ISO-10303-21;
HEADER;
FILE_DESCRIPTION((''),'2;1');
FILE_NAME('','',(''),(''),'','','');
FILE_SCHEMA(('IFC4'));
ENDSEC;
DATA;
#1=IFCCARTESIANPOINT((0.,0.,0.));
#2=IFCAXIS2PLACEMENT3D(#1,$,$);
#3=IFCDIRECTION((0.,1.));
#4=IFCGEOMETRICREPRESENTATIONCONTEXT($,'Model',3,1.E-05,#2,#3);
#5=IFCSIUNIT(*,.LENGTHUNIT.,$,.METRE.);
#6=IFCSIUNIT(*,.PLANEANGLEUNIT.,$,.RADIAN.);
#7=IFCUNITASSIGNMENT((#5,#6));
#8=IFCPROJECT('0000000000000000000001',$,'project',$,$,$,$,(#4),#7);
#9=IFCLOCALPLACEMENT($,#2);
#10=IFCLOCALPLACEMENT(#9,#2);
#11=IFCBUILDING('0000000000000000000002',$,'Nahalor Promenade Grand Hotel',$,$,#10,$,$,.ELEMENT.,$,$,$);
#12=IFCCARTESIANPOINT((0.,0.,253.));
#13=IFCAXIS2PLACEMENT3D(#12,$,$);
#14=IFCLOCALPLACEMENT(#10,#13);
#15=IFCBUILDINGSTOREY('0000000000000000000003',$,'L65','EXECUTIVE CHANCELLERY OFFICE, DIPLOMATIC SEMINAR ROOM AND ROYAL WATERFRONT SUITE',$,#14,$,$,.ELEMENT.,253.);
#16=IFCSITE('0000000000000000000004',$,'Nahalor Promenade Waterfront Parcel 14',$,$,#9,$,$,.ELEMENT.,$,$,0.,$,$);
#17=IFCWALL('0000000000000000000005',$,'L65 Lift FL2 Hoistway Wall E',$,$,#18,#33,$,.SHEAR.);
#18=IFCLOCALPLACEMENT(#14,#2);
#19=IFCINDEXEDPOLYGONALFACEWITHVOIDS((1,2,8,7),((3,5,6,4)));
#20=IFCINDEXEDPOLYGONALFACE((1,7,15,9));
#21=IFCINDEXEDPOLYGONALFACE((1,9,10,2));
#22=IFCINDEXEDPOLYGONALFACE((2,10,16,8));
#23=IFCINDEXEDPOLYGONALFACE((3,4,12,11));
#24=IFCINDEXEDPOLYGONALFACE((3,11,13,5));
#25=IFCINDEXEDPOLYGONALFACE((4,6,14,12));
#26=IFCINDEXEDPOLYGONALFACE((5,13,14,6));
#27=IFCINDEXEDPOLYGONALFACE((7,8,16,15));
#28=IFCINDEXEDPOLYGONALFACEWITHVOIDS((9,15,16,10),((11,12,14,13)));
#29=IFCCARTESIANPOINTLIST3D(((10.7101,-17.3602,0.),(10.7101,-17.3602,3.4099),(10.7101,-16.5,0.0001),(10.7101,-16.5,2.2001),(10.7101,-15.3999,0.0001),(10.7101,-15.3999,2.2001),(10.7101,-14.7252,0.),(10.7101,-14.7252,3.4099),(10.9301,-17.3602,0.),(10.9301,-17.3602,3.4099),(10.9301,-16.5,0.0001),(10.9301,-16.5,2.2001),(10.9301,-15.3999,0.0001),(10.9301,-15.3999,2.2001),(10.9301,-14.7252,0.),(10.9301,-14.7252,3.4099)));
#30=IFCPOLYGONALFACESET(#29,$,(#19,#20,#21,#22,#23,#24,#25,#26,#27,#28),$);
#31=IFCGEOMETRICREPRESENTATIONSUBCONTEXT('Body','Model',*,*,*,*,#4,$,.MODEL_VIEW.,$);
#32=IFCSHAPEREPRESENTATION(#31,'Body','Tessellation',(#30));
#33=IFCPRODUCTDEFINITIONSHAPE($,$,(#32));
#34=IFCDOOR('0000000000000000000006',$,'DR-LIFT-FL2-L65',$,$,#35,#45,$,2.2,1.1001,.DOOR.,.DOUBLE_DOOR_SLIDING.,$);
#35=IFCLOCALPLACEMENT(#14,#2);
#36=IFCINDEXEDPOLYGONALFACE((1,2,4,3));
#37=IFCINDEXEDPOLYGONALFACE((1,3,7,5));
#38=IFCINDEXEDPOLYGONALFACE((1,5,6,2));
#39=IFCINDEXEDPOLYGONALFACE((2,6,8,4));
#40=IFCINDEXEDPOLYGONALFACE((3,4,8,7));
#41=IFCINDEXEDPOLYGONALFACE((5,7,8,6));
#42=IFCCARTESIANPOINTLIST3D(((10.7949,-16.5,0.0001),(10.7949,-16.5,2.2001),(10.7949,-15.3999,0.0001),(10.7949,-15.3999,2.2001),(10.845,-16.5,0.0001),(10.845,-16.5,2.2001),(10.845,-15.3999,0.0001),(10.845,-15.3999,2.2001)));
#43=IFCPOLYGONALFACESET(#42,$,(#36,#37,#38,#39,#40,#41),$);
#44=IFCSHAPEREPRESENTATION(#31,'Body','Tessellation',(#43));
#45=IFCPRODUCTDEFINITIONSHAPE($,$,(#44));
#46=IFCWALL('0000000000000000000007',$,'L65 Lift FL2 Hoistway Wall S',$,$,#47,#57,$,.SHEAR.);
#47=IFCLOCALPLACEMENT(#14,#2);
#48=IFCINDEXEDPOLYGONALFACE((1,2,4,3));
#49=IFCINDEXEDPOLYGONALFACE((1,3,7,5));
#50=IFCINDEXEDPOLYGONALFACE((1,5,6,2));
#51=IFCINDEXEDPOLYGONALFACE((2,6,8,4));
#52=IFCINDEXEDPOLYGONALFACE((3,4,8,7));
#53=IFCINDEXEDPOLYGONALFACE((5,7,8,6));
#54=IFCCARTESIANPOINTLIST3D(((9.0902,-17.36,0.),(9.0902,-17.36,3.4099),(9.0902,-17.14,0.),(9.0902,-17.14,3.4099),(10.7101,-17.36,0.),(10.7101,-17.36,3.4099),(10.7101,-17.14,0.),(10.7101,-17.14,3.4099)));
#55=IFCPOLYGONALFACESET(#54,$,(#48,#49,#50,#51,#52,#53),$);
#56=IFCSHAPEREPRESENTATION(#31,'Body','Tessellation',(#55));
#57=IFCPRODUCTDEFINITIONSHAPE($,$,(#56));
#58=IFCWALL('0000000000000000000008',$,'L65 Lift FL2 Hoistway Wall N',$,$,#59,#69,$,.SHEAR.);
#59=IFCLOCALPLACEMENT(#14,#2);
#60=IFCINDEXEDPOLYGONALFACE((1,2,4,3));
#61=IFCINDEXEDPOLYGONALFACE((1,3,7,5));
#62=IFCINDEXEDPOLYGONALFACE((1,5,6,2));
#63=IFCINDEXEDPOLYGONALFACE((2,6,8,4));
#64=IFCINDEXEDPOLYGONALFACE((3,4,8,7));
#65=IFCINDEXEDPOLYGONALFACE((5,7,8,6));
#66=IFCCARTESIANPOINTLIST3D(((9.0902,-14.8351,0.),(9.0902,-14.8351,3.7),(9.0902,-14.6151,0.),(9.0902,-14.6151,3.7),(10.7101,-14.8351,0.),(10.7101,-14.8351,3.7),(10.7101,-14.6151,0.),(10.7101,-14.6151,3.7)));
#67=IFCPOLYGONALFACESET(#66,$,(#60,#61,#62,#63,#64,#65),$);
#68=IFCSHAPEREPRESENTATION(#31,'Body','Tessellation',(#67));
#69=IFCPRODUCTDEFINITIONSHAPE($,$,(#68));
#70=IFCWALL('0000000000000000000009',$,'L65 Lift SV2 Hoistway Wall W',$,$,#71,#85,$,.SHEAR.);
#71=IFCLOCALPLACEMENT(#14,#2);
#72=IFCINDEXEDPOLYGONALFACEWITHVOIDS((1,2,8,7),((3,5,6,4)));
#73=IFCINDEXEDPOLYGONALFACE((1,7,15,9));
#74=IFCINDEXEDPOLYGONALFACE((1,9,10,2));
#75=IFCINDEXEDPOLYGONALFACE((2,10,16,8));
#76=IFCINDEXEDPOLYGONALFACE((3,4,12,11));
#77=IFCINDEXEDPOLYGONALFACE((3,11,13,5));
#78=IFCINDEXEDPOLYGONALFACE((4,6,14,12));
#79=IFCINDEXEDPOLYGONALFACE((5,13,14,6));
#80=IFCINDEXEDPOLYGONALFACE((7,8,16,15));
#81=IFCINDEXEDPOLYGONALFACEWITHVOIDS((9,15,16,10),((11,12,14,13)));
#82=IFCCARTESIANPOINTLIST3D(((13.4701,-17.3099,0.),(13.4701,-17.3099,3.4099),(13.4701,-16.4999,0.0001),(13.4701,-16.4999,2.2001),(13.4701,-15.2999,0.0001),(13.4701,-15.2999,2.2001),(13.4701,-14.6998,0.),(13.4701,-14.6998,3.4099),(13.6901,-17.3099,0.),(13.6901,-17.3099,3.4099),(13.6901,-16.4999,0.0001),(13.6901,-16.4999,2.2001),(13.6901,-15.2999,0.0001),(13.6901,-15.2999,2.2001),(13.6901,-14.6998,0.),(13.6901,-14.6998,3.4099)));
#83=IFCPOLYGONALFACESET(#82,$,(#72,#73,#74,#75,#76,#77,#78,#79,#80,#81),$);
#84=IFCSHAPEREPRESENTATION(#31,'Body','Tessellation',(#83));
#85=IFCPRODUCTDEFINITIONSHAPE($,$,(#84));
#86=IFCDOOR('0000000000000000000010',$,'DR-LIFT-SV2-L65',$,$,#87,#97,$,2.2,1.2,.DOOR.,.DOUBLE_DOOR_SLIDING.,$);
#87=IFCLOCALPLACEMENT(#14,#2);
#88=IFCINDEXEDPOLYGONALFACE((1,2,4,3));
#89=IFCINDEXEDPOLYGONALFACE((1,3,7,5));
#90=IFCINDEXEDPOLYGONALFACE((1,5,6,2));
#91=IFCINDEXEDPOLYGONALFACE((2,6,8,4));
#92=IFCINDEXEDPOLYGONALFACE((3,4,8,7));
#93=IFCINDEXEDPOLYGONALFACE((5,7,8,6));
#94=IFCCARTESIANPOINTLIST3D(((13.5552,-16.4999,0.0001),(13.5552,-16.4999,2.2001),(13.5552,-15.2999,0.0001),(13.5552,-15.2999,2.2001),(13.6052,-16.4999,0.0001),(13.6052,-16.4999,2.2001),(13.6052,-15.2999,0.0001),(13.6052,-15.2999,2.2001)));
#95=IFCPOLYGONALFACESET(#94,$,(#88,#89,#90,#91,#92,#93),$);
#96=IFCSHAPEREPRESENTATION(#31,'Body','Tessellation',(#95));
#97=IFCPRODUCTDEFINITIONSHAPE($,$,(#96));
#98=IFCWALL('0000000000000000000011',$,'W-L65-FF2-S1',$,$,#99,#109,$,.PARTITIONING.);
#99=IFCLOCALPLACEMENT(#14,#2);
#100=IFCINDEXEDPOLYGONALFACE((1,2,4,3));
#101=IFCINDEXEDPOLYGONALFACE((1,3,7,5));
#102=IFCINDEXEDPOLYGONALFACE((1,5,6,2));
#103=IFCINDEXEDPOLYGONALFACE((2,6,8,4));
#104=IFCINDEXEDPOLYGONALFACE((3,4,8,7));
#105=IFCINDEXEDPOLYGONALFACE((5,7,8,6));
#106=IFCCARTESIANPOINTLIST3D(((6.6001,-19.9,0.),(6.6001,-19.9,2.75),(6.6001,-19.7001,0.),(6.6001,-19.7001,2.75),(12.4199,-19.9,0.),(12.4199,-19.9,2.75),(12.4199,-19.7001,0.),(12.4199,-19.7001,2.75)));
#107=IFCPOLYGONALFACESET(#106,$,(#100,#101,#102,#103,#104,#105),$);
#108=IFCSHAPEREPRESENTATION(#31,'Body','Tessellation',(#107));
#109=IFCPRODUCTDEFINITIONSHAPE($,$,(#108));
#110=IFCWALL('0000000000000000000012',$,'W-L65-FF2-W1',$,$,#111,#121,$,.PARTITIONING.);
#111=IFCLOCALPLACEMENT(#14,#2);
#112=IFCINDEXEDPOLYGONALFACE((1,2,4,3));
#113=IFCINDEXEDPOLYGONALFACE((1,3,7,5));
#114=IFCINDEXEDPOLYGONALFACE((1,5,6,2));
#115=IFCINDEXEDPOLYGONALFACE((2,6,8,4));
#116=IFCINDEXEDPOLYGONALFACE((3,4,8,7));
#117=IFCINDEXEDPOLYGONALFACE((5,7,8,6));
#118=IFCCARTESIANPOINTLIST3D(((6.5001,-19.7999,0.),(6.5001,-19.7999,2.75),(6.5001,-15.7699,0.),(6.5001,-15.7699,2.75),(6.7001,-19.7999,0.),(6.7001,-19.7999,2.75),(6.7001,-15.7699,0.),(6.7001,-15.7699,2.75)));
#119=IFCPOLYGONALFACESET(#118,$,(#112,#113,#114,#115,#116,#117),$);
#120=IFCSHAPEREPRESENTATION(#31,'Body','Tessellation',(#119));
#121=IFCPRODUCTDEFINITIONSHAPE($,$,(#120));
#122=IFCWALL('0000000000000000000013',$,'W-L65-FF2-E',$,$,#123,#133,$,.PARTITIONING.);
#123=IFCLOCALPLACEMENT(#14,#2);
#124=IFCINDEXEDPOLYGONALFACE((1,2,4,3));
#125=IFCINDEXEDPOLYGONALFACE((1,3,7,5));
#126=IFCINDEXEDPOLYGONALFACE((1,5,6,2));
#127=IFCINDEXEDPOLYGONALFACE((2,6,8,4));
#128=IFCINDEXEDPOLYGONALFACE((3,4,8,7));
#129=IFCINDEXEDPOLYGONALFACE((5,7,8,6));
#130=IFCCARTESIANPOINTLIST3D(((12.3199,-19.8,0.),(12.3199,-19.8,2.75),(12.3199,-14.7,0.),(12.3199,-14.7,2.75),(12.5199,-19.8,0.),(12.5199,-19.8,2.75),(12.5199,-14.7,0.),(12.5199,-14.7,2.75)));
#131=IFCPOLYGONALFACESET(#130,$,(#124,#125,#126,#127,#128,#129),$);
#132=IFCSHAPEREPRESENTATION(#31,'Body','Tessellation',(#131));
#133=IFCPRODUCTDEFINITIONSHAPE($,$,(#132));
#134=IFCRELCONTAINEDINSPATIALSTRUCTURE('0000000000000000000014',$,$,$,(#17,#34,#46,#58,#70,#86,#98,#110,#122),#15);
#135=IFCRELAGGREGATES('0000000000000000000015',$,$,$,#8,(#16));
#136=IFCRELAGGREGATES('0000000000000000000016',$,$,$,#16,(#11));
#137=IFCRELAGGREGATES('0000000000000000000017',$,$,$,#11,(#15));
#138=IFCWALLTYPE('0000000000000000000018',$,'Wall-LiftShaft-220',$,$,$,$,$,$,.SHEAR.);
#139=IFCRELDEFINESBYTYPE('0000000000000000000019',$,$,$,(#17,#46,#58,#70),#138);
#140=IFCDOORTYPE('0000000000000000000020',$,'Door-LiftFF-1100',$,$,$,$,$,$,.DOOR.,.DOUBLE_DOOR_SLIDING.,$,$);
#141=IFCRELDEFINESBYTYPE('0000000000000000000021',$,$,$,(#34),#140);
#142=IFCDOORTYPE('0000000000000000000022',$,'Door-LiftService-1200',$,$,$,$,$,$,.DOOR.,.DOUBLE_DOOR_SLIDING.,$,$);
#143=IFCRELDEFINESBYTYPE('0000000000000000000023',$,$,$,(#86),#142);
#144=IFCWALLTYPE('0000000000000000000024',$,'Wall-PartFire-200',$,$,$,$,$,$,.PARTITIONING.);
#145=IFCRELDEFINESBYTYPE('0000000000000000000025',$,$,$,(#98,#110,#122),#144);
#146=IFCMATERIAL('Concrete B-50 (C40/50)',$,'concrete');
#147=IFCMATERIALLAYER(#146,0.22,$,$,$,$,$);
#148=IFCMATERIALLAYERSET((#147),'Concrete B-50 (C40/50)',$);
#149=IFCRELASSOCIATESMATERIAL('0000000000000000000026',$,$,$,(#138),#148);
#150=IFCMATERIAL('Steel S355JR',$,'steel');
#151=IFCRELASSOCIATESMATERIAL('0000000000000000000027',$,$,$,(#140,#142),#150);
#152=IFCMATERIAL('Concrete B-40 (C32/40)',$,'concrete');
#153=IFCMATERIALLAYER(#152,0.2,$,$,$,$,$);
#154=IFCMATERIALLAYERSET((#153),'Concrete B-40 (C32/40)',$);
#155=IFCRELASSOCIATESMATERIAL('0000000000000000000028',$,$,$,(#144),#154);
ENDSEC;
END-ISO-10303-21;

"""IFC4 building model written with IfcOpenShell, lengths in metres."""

from ifc_helpers import new_model, si_unit, direction, frame, frame_2d, origin, place, context, subcontext, project, spatial, rectangle, extrude, source, transform, mapped, material, layer, layer_set, type_object, element, fill, save


model = new_model("IFC4")

# Units and contexts
model_context = context("Model", 3, precision=1e-05, world=origin(), true_north=direction((0.0, 1.0)))
body_context = subcontext(model_context, "Body", "Model", "MODEL_VIEW")
ifc_project = project(units=[si_unit("LENGTHUNIT", "METRE"), si_unit("PLANEANGLEUNIT", "RADIAN")], contexts=[model_context])

# Site, building, storey
site_placement = place(None, origin())
site = spatial("IfcSite", under=ifc_project, at=site_placement, Name="Nahalor Promenade Waterfront Parcel 14", CompositionType="ELEMENT", RefElevation=0.0)
building_placement = place(site_placement, origin())
building = spatial("IfcBuilding", under=site, at=building_placement, Name="Nahalor Promenade Grand Hotel", CompositionType="ELEMENT")
storey_placement = place(building_placement, frame((0.0, 0.0, 253.0)))
storey = spatial("IfcBuildingStorey", under=building, at=storey_placement, Name="L65", Description="EXECUTIVE CHANCELLERY OFFICE, DIPLOMATIC SEMINAR ROOM AND ROYAL WATERFRONT SUITE", CompositionType="ELEMENT", Elevation=253.0)

# Shared definitions
ifc_material_1 = material(Name="Steel S355JR", Category="steel")

# Shared definitions
ifc_material_2 = material(Name="Concrete B-50 (C40/50)", Category="concrete")
ifc_layer_1 = layer(ifc_material_2, 0.22)
ifc_layer_set_1 = layer_set([ifc_layer_1], Name="Concrete B-50 (C40/50)")
wall_type_1 = type_object("IfcWallType", Name="Wall-LiftShaft-220", PredefinedType="SHEAR", material=ifc_layer_set_1)

# Shared definitions
shared_shape_1 = source(origin(), body_context, "Body", "SweptSolid", [
    extrude(rectangle(XDim=2.635, YDim=0.22, at=frame_2d((1.3174, 0.0))), origin(), (0.0, 0.0, 1.0), 3.4099),
])

# Wall, opening, door
wall_1_placement = place(storey_placement, frame((10.8201, -17.3601, 0.0), z_axis=(0.0, 0.0, 1.0), x_axis=(0.0, 1.0, 0.0)))
wall_1 = element("IfcWall", 1, at=wall_1_placement, inside=storey, type_object=wall_type_1, Name="L65 Lift FL2 Hoistway Wall E", PredefinedType="SHEAR", context=body_context, shape_type="MappedRepresentation", body=[
    mapped(shared_shape_1, transform((0.0, 0.0, 0.0), scale=1.0)),
])
opening_1_placement = place(wall_1_placement, frame((0.8601, 0.0, 0.0)))
opening_1 = element("IfcOpeningElement", 2, at=opening_1_placement, cuts=wall_1, PredefinedType="OPENING", context=body_context, shape_type="SweptSolid", body=[
    extrude(rectangle(XDim=1.1001, YDim=2.2, at=frame_2d((0.55, 1.1001))), frame((0.0, 0.1199, 0.0), z_axis=(0.0, -1.0, 0.0), x_axis=(1.0, 0.0, 0.0)), (0.0, 0.0, 1.0), 0.24),
])
door_type_1 = type_object("IfcDoorType", Name="Door-LiftFF-1100", OperationType="DOUBLE_DOOR_SLIDING", PredefinedType="DOOR", material=ifc_material_1)
shared_shape_2 = source(origin(), body_context, "Body", "SweptSolid", [
    extrude(rectangle(XDim=1.1001, YDim=2.2, at=frame_2d((0.55, 1.1001))), frame((0.0, 0.0249, 0.0), z_axis=(0.0, -1.0, 0.0), x_axis=(1.0, 0.0, 0.0)), (0.0, 0.0, 1.0), 0.05),
])
door_1_placement = place(opening_1_placement, frame((1.1001, 0.0, 0.0), z_axis=(0.0, 0.0, 1.0), x_axis=(-1.0, 0.0, 0.0)))
door_1 = element("IfcDoor", 3, at=door_1_placement, inside=storey, type_object=door_type_1, Name="DR-LIFT-FL2-L65", OperationType="DOUBLE_DOOR_SLIDING", OverallHeight=2.2, OverallWidth=1.1001, PredefinedType="DOOR", context=body_context, shape_type="MappedRepresentation", body=[
    mapped(shared_shape_2, transform((0.0, 0.0, 0.0), scale=1.0)),
])
fill(opening_1, door_1)

# Walls
shared_shape_3 = source(origin(), body_context, "Body", "SweptSolid", [
    extrude(rectangle(XDim=1.6199, YDim=0.22, at=frame_2d((0.8101, 0.0))), origin(), (0.0, 0.0, 1.0), 3.4099),
])
wall_2_placement = place(storey_placement, frame((9.0901, -17.25, 0.0), z_axis=(0.0, 0.0, 1.0), x_axis=(1.0, 0.0, 0.0)))
element("IfcWall", 4, at=wall_2_placement, inside=storey, type_object=wall_type_1, Name="L65 Lift FL2 Hoistway Wall S", PredefinedType="SHEAR", context=body_context, shape_type="MappedRepresentation", body=[
    mapped(shared_shape_3, transform((0.0, 0.0, 0.0), scale=1.0)),
])
shared_shape_4 = source(origin(), body_context, "Body", "SweptSolid", [
    extrude(rectangle(XDim=1.6199, YDim=0.22, at=frame_2d((0.8101, 0.0))), origin(), (0.0, 0.0, 1.0), 3.7),
])
wall_3_placement = place(storey_placement, frame((9.0901, -14.7251, 0.0), z_axis=(0.0, 0.0, 1.0), x_axis=(1.0, 0.0, 0.0)))
element("IfcWall", 5, at=wall_3_placement, inside=storey, type_object=wall_type_1, Name="L65 Lift FL2 Hoistway Wall N", PredefinedType="SHEAR", context=body_context, shape_type="MappedRepresentation", body=[
    mapped(shared_shape_4, transform((0.0, 0.0, 0.0), scale=1.0)),
])

# Wall, opening, door
shared_shape_5 = source(origin(), body_context, "Body", "SweptSolid", [
    extrude(rectangle(XDim=2.6101, YDim=0.22, at=frame_2d((1.3052, 0.0))), origin(), (0.0, 0.0, 1.0), 3.4099),
])
wall_4_placement = place(storey_placement, frame((13.5801, -17.3101, 0.0), z_axis=(0.0, 0.0, 1.0), x_axis=(0.0, 1.0, 0.0)))
wall_4 = element("IfcWall", 6, at=wall_4_placement, inside=storey, type_object=wall_type_1, Name="L65 Lift SV2 Hoistway Wall W", PredefinedType="SHEAR", context=body_context, shape_type="MappedRepresentation", body=[
    mapped(shared_shape_5, transform((0.0, 0.0, 0.0), scale=1.0)),
])
opening_2_placement = place(wall_4_placement, frame((0.8101, 0.0, 0.0)))
opening_2 = element("IfcOpeningElement", 7, at=opening_2_placement, cuts=wall_4, PredefinedType="OPENING", context=body_context, shape_type="SweptSolid", body=[
    extrude(rectangle(XDim=1.2, YDim=2.2, at=frame_2d((0.6001, 1.1001))), frame((0.0, 0.1199, 0.0), z_axis=(0.0, -1.0, 0.0), x_axis=(1.0, 0.0, 0.0)), (0.0, 0.0, 1.0), 0.24),
])
door_type_2 = type_object("IfcDoorType", Name="Door-LiftService-1200", OperationType="DOUBLE_DOOR_SLIDING", PredefinedType="DOOR", material=ifc_material_1)
shared_shape_6 = source(origin(), body_context, "Body", "SweptSolid", [
    extrude(rectangle(XDim=1.2, YDim=2.2, at=frame_2d((0.6001, 1.1001))), frame((0.0, 0.0249, 0.0), z_axis=(0.0, -1.0, 0.0), x_axis=(1.0, 0.0, 0.0)), (0.0, 0.0, 1.0), 0.05),
])
door_2_placement = place(opening_2_placement, origin())
door_2 = element("IfcDoor", 8, at=door_2_placement, inside=storey, type_object=door_type_2, Name="DR-LIFT-SV2-L65", OperationType="DOUBLE_DOOR_SLIDING", OverallHeight=2.2, OverallWidth=1.2, PredefinedType="DOOR", context=body_context, shape_type="MappedRepresentation", body=[
    mapped(shared_shape_6, transform((0.0, 0.0, 0.0), scale=1.0)),
])
fill(opening_2, door_2)

# Walls
ifc_material_3 = material(Name="Concrete B-40 (C32/40)", Category="concrete")
ifc_layer_2 = layer(ifc_material_3, 0.2)
ifc_layer_set_2 = layer_set([ifc_layer_2], Name="Concrete B-40 (C32/40)")
wall_type_2 = type_object("IfcWallType", Name="Wall-PartFire-200", PredefinedType="PARTITIONING", material=ifc_layer_set_2)
shared_shape_7 = source(origin(), body_context, "Body", "SweptSolid", [
    extrude(rectangle(XDim=5.8198, YDim=0.2, at=frame_2d((2.9099, 0.0))), origin(), (0.0, 0.0, 1.0), 2.75),
])
wall_5_placement = place(storey_placement, frame((6.6001, -19.8, 0.0), z_axis=(0.0, 0.0, 1.0), x_axis=(1.0, 0.0, 0.0)))
element("IfcWall", 9, at=wall_5_placement, inside=storey, type_object=wall_type_2, Name="W-L65-FF2-S1", PredefinedType="PARTITIONING", context=body_context, shape_type="MappedRepresentation", body=[
    mapped(shared_shape_7, transform((0.0, 0.0, 0.0), scale=1.0)),
])
shared_shape_8 = source(origin(), body_context, "Body", "SweptSolid", [
    extrude(rectangle(XDim=4.03, YDim=0.2, at=frame_2d((2.0151, 0.0))), origin(), (0.0, 0.0, 1.0), 2.75),
])
wall_6_placement = place(storey_placement, frame((6.6001, -19.8, 0.0), z_axis=(0.0, 0.0, 1.0), x_axis=(0.0, 1.0, 0.0)))
element("IfcWall", 10, at=wall_6_placement, inside=storey, type_object=wall_type_2, Name="W-L65-FF2-W1", PredefinedType="PARTITIONING", context=body_context, shape_type="MappedRepresentation", body=[
    mapped(shared_shape_8, transform((0.0, 0.0, 0.0), scale=1.0)),
])
shared_shape_9 = source(origin(), body_context, "Body", "SweptSolid", [
    extrude(rectangle(XDim=5.1001, YDim=0.2, at=frame_2d((2.55, 0.0))), origin(), (0.0, 0.0, 1.0), 2.75),
])
wall_7_placement = place(storey_placement, frame((12.4199, -19.8, 0.0), z_axis=(0.0, 0.0, 1.0), x_axis=(0.0, 1.0, 0.0)))
element("IfcWall", 11, at=wall_7_placement, inside=storey, type_object=wall_type_2, Name="W-L65-FF2-E", PredefinedType="PARTITIONING", context=body_context, shape_type="MappedRepresentation", body=[
    mapped(shared_shape_9, transform((0.0, 0.0, 0.0), scale=1.0)),
])

save(model, "model.ifc")
